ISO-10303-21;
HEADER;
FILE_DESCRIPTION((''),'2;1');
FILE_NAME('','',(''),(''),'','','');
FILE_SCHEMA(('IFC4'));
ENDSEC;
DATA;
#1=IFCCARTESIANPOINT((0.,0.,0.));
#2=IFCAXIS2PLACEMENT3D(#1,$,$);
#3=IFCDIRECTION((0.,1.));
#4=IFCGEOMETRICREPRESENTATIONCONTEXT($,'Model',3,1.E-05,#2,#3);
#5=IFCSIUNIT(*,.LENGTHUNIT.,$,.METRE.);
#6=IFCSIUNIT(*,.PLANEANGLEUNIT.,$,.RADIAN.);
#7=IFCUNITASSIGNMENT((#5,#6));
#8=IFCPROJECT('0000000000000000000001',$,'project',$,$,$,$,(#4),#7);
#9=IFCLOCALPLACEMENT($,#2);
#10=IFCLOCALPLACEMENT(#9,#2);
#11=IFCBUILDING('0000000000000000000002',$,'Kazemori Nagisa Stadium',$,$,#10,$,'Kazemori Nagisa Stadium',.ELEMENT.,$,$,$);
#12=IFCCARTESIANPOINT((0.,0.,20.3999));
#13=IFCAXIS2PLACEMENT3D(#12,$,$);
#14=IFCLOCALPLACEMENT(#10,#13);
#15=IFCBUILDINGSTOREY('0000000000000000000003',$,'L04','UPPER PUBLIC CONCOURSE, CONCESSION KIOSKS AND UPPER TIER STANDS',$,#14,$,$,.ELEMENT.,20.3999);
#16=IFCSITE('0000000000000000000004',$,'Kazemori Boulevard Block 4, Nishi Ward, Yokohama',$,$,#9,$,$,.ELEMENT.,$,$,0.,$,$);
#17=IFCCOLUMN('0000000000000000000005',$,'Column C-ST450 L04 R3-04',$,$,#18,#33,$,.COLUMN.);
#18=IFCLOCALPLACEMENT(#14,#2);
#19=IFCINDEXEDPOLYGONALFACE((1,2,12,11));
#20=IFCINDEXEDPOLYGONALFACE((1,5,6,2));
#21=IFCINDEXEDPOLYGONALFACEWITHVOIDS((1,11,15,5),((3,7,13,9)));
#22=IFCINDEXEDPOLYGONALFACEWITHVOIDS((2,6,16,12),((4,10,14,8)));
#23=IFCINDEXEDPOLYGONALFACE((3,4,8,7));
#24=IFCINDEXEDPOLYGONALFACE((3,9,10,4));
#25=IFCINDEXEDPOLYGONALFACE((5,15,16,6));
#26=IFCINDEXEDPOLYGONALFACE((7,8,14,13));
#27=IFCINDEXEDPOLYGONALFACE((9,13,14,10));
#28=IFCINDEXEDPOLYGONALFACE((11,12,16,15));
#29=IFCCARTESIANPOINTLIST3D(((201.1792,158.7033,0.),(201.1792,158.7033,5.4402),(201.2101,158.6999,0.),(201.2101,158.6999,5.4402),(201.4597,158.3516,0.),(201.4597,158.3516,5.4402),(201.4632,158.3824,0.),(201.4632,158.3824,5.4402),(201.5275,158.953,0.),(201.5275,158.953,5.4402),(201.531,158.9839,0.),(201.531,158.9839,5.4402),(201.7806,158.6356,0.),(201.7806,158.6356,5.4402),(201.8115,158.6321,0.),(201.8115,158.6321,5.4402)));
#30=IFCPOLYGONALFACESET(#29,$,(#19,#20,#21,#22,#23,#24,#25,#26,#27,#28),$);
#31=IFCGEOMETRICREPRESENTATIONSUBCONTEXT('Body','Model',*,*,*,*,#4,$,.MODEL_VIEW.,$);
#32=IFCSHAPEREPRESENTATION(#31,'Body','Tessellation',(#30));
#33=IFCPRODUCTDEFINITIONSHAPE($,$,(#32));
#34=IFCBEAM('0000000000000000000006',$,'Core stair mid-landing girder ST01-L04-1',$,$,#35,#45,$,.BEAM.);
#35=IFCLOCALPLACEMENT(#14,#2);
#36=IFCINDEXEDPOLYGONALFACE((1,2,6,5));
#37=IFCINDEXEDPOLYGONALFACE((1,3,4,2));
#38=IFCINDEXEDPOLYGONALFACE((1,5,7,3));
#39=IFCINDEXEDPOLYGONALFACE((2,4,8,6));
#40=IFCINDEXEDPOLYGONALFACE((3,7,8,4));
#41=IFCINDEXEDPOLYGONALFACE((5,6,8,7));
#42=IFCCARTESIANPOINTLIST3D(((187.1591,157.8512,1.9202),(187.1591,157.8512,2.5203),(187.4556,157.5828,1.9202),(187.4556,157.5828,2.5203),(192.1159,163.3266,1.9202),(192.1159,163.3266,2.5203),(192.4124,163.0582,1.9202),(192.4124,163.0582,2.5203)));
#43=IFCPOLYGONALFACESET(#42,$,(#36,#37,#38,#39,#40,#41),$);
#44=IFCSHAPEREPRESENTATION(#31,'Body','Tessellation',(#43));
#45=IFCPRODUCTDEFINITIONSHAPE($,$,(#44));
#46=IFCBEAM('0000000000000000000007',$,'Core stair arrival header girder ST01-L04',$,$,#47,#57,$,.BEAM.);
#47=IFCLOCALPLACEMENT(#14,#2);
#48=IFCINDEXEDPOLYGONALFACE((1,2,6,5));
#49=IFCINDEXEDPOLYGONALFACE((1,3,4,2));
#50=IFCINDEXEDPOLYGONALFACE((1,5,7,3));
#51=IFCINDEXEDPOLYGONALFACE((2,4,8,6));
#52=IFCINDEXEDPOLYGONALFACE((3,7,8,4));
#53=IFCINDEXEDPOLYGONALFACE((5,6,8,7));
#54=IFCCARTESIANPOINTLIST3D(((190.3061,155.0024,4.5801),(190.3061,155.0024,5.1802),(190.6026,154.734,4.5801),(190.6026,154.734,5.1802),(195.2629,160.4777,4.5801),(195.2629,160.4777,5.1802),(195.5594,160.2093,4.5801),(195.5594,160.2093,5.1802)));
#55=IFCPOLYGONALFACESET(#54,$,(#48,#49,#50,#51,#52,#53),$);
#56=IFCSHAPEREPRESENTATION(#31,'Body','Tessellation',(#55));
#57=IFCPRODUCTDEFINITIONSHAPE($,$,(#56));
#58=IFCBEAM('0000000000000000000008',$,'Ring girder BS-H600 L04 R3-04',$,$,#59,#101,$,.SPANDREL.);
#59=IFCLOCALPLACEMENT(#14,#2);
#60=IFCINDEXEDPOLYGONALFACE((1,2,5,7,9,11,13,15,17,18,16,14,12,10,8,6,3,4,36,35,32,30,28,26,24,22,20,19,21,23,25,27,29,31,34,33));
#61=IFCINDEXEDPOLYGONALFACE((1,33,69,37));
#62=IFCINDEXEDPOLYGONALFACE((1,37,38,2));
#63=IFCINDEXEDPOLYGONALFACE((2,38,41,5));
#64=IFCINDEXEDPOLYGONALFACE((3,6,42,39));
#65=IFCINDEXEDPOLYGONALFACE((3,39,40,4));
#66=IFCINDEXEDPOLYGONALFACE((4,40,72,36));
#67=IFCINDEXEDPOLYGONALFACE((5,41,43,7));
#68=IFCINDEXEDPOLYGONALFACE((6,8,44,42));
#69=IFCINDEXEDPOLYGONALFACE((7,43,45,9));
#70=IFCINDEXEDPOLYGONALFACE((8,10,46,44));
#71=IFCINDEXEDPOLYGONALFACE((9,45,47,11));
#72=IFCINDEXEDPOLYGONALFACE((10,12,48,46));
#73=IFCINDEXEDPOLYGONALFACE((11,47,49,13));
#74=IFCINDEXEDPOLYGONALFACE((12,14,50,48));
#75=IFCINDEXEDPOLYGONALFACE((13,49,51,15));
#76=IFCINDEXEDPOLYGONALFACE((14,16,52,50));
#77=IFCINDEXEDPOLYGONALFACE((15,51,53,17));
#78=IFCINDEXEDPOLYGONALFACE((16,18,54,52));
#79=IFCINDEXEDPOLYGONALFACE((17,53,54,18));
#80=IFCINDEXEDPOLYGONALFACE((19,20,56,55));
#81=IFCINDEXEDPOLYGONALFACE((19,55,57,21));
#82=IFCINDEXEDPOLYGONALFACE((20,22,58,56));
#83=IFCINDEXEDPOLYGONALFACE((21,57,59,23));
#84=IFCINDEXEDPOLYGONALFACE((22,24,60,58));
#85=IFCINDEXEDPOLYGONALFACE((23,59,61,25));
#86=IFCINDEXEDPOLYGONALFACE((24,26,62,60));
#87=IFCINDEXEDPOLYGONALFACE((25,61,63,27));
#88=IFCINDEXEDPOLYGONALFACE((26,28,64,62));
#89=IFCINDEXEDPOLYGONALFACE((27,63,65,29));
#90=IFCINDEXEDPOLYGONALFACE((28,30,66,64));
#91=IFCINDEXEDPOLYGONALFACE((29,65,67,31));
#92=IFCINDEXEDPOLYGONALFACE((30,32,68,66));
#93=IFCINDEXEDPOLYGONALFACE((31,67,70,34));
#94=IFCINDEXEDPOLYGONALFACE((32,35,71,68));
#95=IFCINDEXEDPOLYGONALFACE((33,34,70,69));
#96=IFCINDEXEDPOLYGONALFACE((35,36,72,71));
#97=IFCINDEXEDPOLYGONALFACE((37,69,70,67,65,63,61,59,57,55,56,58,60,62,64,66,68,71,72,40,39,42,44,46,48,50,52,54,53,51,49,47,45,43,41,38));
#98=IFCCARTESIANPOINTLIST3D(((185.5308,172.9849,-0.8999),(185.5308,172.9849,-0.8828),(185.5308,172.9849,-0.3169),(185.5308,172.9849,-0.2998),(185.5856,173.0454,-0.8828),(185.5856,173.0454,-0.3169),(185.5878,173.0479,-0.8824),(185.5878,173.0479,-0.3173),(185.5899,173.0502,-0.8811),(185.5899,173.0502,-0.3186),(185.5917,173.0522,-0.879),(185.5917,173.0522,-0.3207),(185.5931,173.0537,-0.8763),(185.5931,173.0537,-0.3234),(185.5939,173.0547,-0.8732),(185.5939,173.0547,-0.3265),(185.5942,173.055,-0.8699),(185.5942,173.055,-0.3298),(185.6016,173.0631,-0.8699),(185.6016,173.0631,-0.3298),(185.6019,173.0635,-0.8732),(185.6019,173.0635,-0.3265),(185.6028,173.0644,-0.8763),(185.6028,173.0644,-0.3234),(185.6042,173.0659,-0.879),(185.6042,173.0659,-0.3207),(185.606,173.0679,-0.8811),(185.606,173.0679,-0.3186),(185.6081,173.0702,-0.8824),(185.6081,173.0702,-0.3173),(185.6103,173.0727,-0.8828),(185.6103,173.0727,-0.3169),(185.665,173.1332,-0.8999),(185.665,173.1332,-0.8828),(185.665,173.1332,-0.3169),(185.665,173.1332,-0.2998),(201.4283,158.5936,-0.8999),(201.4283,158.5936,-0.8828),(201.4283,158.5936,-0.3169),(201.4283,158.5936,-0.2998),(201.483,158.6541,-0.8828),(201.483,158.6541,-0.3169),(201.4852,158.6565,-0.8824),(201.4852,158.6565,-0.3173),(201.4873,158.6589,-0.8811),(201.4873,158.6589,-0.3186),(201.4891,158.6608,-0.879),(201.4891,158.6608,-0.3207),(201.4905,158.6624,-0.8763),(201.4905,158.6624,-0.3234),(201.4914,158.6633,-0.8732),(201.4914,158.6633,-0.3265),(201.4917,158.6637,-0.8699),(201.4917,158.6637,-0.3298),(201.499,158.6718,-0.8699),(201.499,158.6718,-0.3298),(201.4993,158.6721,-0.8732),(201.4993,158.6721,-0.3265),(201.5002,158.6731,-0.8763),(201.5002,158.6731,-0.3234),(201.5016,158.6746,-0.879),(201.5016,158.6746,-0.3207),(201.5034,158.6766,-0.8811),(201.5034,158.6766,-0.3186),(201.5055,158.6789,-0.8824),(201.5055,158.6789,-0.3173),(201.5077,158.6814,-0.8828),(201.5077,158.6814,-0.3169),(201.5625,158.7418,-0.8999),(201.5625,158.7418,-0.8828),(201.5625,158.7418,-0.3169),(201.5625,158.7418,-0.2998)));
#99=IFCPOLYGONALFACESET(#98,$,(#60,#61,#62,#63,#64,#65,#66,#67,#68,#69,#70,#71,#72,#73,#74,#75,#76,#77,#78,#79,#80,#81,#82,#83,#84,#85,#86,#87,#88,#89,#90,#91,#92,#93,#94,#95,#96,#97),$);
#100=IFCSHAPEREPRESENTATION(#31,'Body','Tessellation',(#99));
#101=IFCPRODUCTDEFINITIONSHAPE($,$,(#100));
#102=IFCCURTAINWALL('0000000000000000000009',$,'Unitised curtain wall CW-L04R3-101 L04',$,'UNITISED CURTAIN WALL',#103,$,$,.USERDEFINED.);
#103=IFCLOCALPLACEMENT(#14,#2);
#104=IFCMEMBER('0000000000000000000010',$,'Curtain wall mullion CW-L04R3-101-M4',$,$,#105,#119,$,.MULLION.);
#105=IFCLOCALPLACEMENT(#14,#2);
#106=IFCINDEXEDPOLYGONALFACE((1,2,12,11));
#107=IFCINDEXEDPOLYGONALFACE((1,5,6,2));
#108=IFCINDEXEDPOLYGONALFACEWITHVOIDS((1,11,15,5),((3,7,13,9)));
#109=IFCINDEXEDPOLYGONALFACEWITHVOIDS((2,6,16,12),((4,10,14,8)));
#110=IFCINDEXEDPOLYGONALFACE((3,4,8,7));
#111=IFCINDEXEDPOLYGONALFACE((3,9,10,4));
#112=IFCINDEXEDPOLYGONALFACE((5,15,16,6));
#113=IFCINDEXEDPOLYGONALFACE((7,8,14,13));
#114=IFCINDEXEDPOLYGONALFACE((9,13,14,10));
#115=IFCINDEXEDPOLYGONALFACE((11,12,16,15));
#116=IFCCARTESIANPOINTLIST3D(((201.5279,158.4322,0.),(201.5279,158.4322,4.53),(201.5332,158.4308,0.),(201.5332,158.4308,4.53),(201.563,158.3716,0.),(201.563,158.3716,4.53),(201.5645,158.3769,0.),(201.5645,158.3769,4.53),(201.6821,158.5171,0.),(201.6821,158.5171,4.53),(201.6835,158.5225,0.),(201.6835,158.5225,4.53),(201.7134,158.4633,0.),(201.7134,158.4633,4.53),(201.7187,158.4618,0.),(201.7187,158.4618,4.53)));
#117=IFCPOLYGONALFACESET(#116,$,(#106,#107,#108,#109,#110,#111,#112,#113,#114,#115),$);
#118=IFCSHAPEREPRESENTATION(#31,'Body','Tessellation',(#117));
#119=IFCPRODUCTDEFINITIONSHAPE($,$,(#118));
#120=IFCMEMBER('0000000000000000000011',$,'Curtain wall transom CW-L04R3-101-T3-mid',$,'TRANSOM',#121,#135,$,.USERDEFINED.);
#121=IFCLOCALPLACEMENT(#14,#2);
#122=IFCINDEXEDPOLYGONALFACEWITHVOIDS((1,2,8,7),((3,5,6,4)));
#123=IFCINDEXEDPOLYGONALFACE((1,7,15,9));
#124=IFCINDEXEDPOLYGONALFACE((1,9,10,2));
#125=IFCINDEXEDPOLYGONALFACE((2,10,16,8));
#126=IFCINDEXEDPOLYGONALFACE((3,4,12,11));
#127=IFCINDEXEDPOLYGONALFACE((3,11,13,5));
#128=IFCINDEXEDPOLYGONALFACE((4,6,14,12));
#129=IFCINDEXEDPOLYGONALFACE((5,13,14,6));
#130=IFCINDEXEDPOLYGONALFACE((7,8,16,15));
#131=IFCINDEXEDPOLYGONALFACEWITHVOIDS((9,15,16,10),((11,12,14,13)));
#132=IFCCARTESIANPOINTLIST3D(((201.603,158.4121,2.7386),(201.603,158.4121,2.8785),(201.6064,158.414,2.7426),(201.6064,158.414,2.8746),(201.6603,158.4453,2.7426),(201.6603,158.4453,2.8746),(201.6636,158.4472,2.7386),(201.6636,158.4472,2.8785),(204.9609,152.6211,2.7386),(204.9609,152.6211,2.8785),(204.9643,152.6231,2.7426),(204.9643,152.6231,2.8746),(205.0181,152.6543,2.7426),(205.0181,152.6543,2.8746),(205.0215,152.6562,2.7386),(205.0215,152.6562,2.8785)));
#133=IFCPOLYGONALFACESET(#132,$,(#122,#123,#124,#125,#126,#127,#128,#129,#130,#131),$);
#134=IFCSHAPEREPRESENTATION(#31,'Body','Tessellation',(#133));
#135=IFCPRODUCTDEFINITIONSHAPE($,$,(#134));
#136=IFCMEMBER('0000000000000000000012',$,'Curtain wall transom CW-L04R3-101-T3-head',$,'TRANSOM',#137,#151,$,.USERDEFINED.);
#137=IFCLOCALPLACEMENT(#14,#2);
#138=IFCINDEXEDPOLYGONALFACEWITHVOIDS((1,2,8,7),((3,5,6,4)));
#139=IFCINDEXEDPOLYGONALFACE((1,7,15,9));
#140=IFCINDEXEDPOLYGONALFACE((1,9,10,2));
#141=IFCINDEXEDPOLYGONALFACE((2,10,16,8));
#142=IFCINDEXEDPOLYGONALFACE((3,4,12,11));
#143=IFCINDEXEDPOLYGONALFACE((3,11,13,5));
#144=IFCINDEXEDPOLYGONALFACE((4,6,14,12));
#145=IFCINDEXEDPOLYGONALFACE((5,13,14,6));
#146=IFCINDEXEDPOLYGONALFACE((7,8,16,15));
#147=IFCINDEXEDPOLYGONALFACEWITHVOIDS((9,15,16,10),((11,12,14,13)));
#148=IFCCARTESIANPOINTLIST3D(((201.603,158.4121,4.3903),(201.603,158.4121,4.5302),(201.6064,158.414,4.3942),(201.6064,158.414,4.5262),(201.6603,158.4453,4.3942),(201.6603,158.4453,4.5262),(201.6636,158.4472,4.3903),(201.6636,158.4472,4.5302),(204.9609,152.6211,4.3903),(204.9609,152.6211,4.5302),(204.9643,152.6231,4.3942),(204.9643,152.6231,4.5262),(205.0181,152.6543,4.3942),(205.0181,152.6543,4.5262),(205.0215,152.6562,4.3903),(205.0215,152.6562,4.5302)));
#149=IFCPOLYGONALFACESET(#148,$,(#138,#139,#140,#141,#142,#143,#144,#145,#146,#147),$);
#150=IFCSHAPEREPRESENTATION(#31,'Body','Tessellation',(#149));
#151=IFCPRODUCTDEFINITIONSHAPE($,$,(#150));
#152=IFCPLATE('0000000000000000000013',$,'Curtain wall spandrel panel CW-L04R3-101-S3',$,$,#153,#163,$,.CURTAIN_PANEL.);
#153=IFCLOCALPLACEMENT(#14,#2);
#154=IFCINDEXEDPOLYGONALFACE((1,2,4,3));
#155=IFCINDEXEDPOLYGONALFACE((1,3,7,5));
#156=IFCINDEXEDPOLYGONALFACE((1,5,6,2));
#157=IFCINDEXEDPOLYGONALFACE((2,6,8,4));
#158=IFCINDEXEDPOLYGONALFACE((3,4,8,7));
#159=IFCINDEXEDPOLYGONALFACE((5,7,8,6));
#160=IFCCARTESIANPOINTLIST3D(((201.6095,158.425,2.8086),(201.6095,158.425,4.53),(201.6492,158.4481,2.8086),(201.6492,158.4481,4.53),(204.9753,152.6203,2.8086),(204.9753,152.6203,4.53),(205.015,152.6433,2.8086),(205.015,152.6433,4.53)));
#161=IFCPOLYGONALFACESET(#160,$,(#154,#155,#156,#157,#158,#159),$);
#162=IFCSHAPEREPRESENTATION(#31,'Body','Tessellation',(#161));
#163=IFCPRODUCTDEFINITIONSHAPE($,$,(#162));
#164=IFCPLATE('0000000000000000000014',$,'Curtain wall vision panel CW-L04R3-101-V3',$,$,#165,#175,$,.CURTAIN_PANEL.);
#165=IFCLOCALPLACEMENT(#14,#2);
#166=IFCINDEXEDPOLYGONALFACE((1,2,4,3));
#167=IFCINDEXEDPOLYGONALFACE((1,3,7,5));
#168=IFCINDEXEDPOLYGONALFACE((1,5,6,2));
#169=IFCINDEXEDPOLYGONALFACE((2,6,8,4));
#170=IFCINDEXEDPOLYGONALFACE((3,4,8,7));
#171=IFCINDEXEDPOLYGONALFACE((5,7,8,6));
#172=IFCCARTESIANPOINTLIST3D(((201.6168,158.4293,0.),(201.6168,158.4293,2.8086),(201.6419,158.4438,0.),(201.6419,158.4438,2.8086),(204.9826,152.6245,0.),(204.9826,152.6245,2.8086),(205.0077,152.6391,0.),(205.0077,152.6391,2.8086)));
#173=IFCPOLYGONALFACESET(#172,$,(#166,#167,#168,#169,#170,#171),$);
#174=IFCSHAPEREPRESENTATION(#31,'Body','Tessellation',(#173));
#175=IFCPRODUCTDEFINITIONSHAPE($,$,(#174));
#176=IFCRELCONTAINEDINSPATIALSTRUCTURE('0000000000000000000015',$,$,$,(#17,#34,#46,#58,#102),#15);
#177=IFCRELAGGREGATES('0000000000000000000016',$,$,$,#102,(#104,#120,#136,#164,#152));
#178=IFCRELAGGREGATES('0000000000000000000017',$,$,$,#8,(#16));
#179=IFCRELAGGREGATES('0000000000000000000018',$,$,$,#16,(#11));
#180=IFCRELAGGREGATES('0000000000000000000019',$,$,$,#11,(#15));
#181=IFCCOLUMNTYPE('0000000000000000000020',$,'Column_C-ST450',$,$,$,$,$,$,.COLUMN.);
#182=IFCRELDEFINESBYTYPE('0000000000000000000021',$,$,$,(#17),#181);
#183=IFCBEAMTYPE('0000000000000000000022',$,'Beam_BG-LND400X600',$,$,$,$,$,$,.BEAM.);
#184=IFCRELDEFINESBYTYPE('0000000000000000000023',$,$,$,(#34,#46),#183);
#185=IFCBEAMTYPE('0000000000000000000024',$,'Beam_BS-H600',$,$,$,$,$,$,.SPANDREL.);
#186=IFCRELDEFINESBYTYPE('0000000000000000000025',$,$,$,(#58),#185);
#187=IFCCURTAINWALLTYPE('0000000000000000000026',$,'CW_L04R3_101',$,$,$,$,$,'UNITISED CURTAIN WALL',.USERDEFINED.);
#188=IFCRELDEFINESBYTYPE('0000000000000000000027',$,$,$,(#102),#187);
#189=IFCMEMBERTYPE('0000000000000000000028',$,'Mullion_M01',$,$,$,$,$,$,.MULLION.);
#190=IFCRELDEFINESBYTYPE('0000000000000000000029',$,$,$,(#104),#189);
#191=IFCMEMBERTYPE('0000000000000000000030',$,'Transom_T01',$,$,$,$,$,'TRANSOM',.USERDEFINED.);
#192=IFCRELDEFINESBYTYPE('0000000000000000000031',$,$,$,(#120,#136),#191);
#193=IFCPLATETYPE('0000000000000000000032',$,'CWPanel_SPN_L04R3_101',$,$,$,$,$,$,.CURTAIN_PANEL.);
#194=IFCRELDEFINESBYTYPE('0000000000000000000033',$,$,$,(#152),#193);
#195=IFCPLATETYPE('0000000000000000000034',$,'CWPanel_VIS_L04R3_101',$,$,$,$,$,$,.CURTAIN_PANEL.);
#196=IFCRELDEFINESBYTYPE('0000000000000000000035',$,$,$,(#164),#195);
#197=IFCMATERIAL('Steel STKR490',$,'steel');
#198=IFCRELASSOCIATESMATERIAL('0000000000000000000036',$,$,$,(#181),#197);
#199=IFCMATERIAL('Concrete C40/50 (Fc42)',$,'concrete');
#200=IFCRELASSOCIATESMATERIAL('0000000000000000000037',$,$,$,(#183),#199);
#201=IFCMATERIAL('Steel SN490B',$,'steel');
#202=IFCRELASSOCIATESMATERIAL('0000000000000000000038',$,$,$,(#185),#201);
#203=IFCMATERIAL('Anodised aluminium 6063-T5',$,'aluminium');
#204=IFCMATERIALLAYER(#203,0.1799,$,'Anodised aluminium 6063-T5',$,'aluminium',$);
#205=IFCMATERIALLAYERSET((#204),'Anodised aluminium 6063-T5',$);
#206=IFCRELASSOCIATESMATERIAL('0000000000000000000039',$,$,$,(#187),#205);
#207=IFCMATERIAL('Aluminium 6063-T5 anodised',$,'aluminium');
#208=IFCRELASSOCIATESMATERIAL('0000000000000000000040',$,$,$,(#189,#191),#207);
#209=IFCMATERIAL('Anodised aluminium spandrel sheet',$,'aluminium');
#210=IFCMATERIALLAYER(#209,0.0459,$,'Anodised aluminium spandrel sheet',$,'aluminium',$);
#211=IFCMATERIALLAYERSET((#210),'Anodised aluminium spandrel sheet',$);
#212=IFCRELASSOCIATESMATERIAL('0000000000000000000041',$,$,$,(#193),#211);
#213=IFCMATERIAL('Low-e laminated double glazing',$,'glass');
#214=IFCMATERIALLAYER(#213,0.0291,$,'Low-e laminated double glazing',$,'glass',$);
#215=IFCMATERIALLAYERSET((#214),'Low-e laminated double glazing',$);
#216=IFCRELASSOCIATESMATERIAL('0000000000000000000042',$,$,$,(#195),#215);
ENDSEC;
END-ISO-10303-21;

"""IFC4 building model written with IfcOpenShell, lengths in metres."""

from ifc_helpers import new_model, si_unit, direction, frame, origin, origin_2d, place, context, subcontext, project, spatial, rectangle, hollow_rectangle, i_section, extrude, material, layer, layer_set, material_profile, profile_set, type_object, element, aggregate, save


model = new_model("IFC4")

# Units and contexts
model_context = context("Model", 3, precision=1e-05, world=origin(), true_north=direction((0.0, 1.0)))
body_context = subcontext(model_context, "Body", "Model", "MODEL_VIEW")
ifc_project = project(units=[si_unit("LENGTHUNIT", "METRE"), si_unit("PLANEANGLEUNIT", "RADIAN")], contexts=[model_context])

# Site, building, storey
site_placement = place(None, origin())
site = spatial("IfcSite", under=ifc_project, at=site_placement, Name="Kazemori Boulevard Block 4, Nishi Ward, Yokohama", CompositionType="ELEMENT", RefElevation=0.0)
building_placement = place(site_placement, origin())
building = spatial("IfcBuilding", under=site, at=building_placement, Name="Kazemori Nagisa Stadium", LongName="Kazemori Nagisa Stadium", CompositionType="ELEMENT")
storey_placement = place(building_placement, frame((0.0, 0.0, 20.3999)))
storey = spatial("IfcBuildingStorey", under=building, at=storey_placement, Name="L04", Description="UPPER PUBLIC CONCOURSE, CONCESSION KIOSKS AND UPPER TIER STANDS", CompositionType="ELEMENT", Elevation=20.3999)

# Column
ifc_material_1 = material(Name="Steel STKR490", Category="steel")
ifc_material_profile_1 = material_profile(ifc_material_1, hollow_rectangle(XDim=0.45, YDim=0.45, WallThickness=0.022, at=origin_2d()), Name="SHS-450x450x22")
ifc_profile_set_1 = profile_set([ifc_material_profile_1], Name="Steel STKR490")
column_type = type_object("IfcColumnType", Name="Column_C-ST450", PredefinedType="COLUMN", material=ifc_profile_set_1)
column_placement = place(storey_placement, frame((201.4954, 158.6677, 0.0), z_axis=(0.0, 0.0, 1.0), x_axis=(0.781831, 0.62349, 0.0)))
element("IfcColumn", 1, at=column_placement, inside=storey, type_object=column_type, Name="Column C-ST450 L04 R3-04", PredefinedType="COLUMN", context=body_context, shape_type="SweptSolid", body=[
    extrude(hollow_rectangle(XDim=0.45, YDim=0.45, WallThickness=0.022, at=origin_2d()), origin(), (0.0, 0.0, 1.0), 5.4402),
])

# Beams
ifc_material_2 = material(Name="Concrete C40/50 (Fc42)", Category="concrete")
ifc_material_profile_2 = material_profile(ifc_material_2, rectangle(XDim=0.3999, YDim=0.6001, at=origin_2d()), Name="RC-BM-400x600")
ifc_profile_set_2 = profile_set([ifc_material_profile_2], Name="Concrete C40/50 (Fc42)")
beam_type_1 = type_object("IfcBeamType", Name="Beam_BG-LND400X600", PredefinedType="BEAM", material=ifc_profile_set_2)
for number, where, z_axis, x_axis, name in (
    (2, (187.3074, 157.717, 2.2202), (0.67113, 0.74134, 0.0), (-0.74134, 0.67113, 0.0), "Core stair mid-landing girder ST01-L04-1"),
    (3, (190.4543, 154.8682, 4.8801), (0.67113, 0.74134, 0.0), (-0.74134, 0.67113, 0.0), "Core stair arrival header girder ST01-L04"),
):
    element("IfcBeam", number, at=place(storey_placement, frame(where, z_axis=z_axis, x_axis=x_axis)), inside=storey, type_object=beam_type_1, Name=name, PredefinedType="BEAM", context=body_context, shape_type="SweptSolid", body=[
        extrude(rectangle(XDim=0.3999, YDim=0.6001, at=origin_2d()), origin(), (0.0, 0.0, 1.0), 7.3857),
    ])
ifc_material_3 = material(Name="Steel SN490B", Category="steel")
ifc_material_profile_3 = material_profile(ifc_material_3, i_section(OverallWidth=0.2, OverallDepth=0.6001, WebThickness=0.011, FlangeThickness=0.0171, FilletRadius=0.0129, at=origin_2d()), Name="H-600x200x11x17")
ifc_profile_set_3 = profile_set([ifc_material_profile_3], Name="Steel SN490B")
beam_type_2 = type_object("IfcBeamType", Name="Beam_BS-H600", PredefinedType="SPANDREL", material=ifc_profile_set_3)
beam_placement = place(storey_placement, frame((201.4954, 158.6677, -0.5999), z_axis=(-0.741352, 0.671117, 0.0), x_axis=(-0.671117, -0.741352, 0.0)))
element("IfcBeam", 4, at=beam_placement, inside=storey, type_object=beam_type_2, Name="Ring girder BS-H600 L04 R3-04", PredefinedType="SPANDREL", context=body_context, shape_type="SweptSolid", body=[
    extrude(i_section(OverallWidth=0.2, OverallDepth=0.6001, WebThickness=0.011, FlangeThickness=0.0171, FilletRadius=0.0129, at=origin_2d()), origin(), (0.0, 0.0, 1.0), 21.4438),
])

# Curtain wall, members, plates
ifc_material_4 = material(Name="Anodised aluminium 6063-T5", Category="aluminium")
ifc_layer_1 = layer(ifc_material_4, 0.1799, Name="Anodised aluminium 6063-T5", Category="aluminium")
ifc_layer_set_1 = layer_set([ifc_layer_1], Name="Anodised aluminium 6063-T5")
curtain_wall_type = type_object("IfcCurtainWallType", Name="CW_L04R3_101", ElementType="UNITISED CURTAIN WALL", PredefinedType="USERDEFINED", material=ifc_layer_set_1)
curtain_wall_placement = place(storey_placement, origin())
curtain_wall = element("IfcCurtainWall", 5, at=curtain_wall_placement, inside=storey, type_object=curtain_wall_type, Name="Unitised curtain wall CW-L04R3-101 L04", ObjectType="UNITISED CURTAIN WALL", PredefinedType="USERDEFINED")
ifc_material_5 = material(Name="Aluminium 6063-T5 anodised", Category="aluminium")
ifc_material_profile_4 = material_profile(ifc_material_5, hollow_rectangle(XDim=0.0701, YDim=0.1799, WallThickness=0.0039, at=origin_2d()), Name="ALU-MULL-70x180x4")
ifc_profile_set_4 = profile_set([ifc_material_profile_4], Name="Aluminium 6063-T5 anodised")
member_type_1 = type_object("IfcMemberType", Name="Mullion_M01", PredefinedType="MULLION", material=ifc_profile_set_4)
member_1_placement = place(storey_placement, frame((201.6233, 158.447, 0.0), z_axis=(0.0, 0.0, 1.0), x_axis=(-0.501612, 0.865093, 0.0)))
member_1 = element("IfcMember", 6, at=member_1_placement, type_object=member_type_1, Name="Curtain wall mullion CW-L04R3-101-M4", PredefinedType="MULLION", context=body_context, shape_type="SweptSolid", body=[
    extrude(hollow_rectangle(XDim=0.0701, YDim=0.1799, WallThickness=0.0039, at=origin_2d()), origin(), (0.0, 0.0, 1.0), 4.53),
])
ifc_material_profile_5 = material_profile(ifc_material_5, hollow_rectangle(XDim=0.0701, YDim=0.1399, WallThickness=0.0039, at=origin_2d()), Name="ALU-TRAN-70x140x4")
ifc_profile_set_5 = profile_set([ifc_material_profile_5], Name="Aluminium 6063-T5 anodised")
member_type_2 = type_object("IfcMemberType", Name="Transom_T01", ElementType="TRANSOM", PredefinedType="USERDEFINED", material=ifc_profile_set_5)
member_2_placement = place(storey_placement, frame((204.9912, 152.6387, 2.8086), z_axis=(-0.50162, 0.865088, 0.0), x_axis=(-0.865088, -0.50162, 0.0)))
member_2 = element("IfcMember", 7, at=member_2_placement, type_object=member_type_2, Name="Curtain wall transom CW-L04R3-101-T3-mid", ObjectType="TRANSOM", PredefinedType="USERDEFINED", context=body_context, shape_type="SweptSolid", body=[
    extrude(hollow_rectangle(XDim=0.0701, YDim=0.1399, WallThickness=0.0039, at=origin_2d()), origin(), (0.0, 0.0, 1.0), 6.6941),
])
member_3_placement = place(storey_placement, frame((204.9912, 152.6387, 4.4602), z_axis=(-0.50162, 0.865088, 0.0), x_axis=(-0.865088, -0.50162, 0.0)))
member_3 = element("IfcMember", 8, at=member_3_placement, type_object=member_type_2, Name="Curtain wall transom CW-L04R3-101-T3-head", ObjectType="TRANSOM", PredefinedType="USERDEFINED", context=body_context, shape_type="SweptSolid", body=[
    extrude(hollow_rectangle(XDim=0.0701, YDim=0.1399, WallThickness=0.0039, at=origin_2d()), origin(), (0.0, 0.0, 1.0), 6.6941),
])
ifc_material_6 = material(Name="Anodised aluminium spandrel sheet", Category="aluminium")
ifc_layer_2 = layer(ifc_material_6, 0.0459, Name="Anodised aluminium spandrel sheet", Category="aluminium")
ifc_layer_set_2 = layer_set([ifc_layer_2], Name="Anodised aluminium spandrel sheet")
plate_type_1 = type_object("IfcPlateType", Name="CWPanel_SPN_L04R3_101", PredefinedType="CURTAIN_PANEL", material=ifc_layer_set_2)
plate_1_placement = place(storey_placement, frame((203.3123, 155.5342, 2.8086), z_axis=(0.0, 0.0, 1.0), x_axis=(-0.501612, 0.865093, 0.0)))
plate_1 = element("IfcPlate", 9, at=plate_1_placement, type_object=plate_type_1, Name="Curtain wall spandrel panel CW-L04R3-101-S3", PredefinedType="CURTAIN_PANEL", context=body_context, shape_type="SweptSolid", body=[
    extrude(rectangle(XDim=6.71, YDim=0.0459, at=origin_2d()), origin(), (0.0, 0.0, 1.0), 1.7214),
])
ifc_material_7 = material(Name="Low-e laminated double glazing", Category="glass")
ifc_layer_3 = layer(ifc_material_7, 0.0291, Name="Low-e laminated double glazing", Category="glass")
ifc_layer_set_3 = layer_set([ifc_layer_3], Name="Low-e laminated double glazing")
plate_type_2 = type_object("IfcPlateType", Name="CWPanel_VIS_L04R3_101", PredefinedType="CURTAIN_PANEL", material=ifc_layer_set_3)
plate_2_placement = place(storey_placement, frame((203.3123, 155.5342, 0.0), z_axis=(0.0, 0.0, 1.0), x_axis=(-0.501612, 0.865093, 0.0)))
plate_2 = element("IfcPlate", 10, at=plate_2_placement, type_object=plate_type_2, Name="Curtain wall vision panel CW-L04R3-101-V3", PredefinedType="CURTAIN_PANEL", context=body_context, shape_type="SweptSolid", body=[
    extrude(rectangle(XDim=6.71, YDim=0.0291, at=origin_2d()), origin(), (0.0, 0.0, 1.0), 2.8086),
])
aggregate(curtain_wall, [member_1, member_2, member_3, plate_2, plate_1])

save(model, "model.ifc")
